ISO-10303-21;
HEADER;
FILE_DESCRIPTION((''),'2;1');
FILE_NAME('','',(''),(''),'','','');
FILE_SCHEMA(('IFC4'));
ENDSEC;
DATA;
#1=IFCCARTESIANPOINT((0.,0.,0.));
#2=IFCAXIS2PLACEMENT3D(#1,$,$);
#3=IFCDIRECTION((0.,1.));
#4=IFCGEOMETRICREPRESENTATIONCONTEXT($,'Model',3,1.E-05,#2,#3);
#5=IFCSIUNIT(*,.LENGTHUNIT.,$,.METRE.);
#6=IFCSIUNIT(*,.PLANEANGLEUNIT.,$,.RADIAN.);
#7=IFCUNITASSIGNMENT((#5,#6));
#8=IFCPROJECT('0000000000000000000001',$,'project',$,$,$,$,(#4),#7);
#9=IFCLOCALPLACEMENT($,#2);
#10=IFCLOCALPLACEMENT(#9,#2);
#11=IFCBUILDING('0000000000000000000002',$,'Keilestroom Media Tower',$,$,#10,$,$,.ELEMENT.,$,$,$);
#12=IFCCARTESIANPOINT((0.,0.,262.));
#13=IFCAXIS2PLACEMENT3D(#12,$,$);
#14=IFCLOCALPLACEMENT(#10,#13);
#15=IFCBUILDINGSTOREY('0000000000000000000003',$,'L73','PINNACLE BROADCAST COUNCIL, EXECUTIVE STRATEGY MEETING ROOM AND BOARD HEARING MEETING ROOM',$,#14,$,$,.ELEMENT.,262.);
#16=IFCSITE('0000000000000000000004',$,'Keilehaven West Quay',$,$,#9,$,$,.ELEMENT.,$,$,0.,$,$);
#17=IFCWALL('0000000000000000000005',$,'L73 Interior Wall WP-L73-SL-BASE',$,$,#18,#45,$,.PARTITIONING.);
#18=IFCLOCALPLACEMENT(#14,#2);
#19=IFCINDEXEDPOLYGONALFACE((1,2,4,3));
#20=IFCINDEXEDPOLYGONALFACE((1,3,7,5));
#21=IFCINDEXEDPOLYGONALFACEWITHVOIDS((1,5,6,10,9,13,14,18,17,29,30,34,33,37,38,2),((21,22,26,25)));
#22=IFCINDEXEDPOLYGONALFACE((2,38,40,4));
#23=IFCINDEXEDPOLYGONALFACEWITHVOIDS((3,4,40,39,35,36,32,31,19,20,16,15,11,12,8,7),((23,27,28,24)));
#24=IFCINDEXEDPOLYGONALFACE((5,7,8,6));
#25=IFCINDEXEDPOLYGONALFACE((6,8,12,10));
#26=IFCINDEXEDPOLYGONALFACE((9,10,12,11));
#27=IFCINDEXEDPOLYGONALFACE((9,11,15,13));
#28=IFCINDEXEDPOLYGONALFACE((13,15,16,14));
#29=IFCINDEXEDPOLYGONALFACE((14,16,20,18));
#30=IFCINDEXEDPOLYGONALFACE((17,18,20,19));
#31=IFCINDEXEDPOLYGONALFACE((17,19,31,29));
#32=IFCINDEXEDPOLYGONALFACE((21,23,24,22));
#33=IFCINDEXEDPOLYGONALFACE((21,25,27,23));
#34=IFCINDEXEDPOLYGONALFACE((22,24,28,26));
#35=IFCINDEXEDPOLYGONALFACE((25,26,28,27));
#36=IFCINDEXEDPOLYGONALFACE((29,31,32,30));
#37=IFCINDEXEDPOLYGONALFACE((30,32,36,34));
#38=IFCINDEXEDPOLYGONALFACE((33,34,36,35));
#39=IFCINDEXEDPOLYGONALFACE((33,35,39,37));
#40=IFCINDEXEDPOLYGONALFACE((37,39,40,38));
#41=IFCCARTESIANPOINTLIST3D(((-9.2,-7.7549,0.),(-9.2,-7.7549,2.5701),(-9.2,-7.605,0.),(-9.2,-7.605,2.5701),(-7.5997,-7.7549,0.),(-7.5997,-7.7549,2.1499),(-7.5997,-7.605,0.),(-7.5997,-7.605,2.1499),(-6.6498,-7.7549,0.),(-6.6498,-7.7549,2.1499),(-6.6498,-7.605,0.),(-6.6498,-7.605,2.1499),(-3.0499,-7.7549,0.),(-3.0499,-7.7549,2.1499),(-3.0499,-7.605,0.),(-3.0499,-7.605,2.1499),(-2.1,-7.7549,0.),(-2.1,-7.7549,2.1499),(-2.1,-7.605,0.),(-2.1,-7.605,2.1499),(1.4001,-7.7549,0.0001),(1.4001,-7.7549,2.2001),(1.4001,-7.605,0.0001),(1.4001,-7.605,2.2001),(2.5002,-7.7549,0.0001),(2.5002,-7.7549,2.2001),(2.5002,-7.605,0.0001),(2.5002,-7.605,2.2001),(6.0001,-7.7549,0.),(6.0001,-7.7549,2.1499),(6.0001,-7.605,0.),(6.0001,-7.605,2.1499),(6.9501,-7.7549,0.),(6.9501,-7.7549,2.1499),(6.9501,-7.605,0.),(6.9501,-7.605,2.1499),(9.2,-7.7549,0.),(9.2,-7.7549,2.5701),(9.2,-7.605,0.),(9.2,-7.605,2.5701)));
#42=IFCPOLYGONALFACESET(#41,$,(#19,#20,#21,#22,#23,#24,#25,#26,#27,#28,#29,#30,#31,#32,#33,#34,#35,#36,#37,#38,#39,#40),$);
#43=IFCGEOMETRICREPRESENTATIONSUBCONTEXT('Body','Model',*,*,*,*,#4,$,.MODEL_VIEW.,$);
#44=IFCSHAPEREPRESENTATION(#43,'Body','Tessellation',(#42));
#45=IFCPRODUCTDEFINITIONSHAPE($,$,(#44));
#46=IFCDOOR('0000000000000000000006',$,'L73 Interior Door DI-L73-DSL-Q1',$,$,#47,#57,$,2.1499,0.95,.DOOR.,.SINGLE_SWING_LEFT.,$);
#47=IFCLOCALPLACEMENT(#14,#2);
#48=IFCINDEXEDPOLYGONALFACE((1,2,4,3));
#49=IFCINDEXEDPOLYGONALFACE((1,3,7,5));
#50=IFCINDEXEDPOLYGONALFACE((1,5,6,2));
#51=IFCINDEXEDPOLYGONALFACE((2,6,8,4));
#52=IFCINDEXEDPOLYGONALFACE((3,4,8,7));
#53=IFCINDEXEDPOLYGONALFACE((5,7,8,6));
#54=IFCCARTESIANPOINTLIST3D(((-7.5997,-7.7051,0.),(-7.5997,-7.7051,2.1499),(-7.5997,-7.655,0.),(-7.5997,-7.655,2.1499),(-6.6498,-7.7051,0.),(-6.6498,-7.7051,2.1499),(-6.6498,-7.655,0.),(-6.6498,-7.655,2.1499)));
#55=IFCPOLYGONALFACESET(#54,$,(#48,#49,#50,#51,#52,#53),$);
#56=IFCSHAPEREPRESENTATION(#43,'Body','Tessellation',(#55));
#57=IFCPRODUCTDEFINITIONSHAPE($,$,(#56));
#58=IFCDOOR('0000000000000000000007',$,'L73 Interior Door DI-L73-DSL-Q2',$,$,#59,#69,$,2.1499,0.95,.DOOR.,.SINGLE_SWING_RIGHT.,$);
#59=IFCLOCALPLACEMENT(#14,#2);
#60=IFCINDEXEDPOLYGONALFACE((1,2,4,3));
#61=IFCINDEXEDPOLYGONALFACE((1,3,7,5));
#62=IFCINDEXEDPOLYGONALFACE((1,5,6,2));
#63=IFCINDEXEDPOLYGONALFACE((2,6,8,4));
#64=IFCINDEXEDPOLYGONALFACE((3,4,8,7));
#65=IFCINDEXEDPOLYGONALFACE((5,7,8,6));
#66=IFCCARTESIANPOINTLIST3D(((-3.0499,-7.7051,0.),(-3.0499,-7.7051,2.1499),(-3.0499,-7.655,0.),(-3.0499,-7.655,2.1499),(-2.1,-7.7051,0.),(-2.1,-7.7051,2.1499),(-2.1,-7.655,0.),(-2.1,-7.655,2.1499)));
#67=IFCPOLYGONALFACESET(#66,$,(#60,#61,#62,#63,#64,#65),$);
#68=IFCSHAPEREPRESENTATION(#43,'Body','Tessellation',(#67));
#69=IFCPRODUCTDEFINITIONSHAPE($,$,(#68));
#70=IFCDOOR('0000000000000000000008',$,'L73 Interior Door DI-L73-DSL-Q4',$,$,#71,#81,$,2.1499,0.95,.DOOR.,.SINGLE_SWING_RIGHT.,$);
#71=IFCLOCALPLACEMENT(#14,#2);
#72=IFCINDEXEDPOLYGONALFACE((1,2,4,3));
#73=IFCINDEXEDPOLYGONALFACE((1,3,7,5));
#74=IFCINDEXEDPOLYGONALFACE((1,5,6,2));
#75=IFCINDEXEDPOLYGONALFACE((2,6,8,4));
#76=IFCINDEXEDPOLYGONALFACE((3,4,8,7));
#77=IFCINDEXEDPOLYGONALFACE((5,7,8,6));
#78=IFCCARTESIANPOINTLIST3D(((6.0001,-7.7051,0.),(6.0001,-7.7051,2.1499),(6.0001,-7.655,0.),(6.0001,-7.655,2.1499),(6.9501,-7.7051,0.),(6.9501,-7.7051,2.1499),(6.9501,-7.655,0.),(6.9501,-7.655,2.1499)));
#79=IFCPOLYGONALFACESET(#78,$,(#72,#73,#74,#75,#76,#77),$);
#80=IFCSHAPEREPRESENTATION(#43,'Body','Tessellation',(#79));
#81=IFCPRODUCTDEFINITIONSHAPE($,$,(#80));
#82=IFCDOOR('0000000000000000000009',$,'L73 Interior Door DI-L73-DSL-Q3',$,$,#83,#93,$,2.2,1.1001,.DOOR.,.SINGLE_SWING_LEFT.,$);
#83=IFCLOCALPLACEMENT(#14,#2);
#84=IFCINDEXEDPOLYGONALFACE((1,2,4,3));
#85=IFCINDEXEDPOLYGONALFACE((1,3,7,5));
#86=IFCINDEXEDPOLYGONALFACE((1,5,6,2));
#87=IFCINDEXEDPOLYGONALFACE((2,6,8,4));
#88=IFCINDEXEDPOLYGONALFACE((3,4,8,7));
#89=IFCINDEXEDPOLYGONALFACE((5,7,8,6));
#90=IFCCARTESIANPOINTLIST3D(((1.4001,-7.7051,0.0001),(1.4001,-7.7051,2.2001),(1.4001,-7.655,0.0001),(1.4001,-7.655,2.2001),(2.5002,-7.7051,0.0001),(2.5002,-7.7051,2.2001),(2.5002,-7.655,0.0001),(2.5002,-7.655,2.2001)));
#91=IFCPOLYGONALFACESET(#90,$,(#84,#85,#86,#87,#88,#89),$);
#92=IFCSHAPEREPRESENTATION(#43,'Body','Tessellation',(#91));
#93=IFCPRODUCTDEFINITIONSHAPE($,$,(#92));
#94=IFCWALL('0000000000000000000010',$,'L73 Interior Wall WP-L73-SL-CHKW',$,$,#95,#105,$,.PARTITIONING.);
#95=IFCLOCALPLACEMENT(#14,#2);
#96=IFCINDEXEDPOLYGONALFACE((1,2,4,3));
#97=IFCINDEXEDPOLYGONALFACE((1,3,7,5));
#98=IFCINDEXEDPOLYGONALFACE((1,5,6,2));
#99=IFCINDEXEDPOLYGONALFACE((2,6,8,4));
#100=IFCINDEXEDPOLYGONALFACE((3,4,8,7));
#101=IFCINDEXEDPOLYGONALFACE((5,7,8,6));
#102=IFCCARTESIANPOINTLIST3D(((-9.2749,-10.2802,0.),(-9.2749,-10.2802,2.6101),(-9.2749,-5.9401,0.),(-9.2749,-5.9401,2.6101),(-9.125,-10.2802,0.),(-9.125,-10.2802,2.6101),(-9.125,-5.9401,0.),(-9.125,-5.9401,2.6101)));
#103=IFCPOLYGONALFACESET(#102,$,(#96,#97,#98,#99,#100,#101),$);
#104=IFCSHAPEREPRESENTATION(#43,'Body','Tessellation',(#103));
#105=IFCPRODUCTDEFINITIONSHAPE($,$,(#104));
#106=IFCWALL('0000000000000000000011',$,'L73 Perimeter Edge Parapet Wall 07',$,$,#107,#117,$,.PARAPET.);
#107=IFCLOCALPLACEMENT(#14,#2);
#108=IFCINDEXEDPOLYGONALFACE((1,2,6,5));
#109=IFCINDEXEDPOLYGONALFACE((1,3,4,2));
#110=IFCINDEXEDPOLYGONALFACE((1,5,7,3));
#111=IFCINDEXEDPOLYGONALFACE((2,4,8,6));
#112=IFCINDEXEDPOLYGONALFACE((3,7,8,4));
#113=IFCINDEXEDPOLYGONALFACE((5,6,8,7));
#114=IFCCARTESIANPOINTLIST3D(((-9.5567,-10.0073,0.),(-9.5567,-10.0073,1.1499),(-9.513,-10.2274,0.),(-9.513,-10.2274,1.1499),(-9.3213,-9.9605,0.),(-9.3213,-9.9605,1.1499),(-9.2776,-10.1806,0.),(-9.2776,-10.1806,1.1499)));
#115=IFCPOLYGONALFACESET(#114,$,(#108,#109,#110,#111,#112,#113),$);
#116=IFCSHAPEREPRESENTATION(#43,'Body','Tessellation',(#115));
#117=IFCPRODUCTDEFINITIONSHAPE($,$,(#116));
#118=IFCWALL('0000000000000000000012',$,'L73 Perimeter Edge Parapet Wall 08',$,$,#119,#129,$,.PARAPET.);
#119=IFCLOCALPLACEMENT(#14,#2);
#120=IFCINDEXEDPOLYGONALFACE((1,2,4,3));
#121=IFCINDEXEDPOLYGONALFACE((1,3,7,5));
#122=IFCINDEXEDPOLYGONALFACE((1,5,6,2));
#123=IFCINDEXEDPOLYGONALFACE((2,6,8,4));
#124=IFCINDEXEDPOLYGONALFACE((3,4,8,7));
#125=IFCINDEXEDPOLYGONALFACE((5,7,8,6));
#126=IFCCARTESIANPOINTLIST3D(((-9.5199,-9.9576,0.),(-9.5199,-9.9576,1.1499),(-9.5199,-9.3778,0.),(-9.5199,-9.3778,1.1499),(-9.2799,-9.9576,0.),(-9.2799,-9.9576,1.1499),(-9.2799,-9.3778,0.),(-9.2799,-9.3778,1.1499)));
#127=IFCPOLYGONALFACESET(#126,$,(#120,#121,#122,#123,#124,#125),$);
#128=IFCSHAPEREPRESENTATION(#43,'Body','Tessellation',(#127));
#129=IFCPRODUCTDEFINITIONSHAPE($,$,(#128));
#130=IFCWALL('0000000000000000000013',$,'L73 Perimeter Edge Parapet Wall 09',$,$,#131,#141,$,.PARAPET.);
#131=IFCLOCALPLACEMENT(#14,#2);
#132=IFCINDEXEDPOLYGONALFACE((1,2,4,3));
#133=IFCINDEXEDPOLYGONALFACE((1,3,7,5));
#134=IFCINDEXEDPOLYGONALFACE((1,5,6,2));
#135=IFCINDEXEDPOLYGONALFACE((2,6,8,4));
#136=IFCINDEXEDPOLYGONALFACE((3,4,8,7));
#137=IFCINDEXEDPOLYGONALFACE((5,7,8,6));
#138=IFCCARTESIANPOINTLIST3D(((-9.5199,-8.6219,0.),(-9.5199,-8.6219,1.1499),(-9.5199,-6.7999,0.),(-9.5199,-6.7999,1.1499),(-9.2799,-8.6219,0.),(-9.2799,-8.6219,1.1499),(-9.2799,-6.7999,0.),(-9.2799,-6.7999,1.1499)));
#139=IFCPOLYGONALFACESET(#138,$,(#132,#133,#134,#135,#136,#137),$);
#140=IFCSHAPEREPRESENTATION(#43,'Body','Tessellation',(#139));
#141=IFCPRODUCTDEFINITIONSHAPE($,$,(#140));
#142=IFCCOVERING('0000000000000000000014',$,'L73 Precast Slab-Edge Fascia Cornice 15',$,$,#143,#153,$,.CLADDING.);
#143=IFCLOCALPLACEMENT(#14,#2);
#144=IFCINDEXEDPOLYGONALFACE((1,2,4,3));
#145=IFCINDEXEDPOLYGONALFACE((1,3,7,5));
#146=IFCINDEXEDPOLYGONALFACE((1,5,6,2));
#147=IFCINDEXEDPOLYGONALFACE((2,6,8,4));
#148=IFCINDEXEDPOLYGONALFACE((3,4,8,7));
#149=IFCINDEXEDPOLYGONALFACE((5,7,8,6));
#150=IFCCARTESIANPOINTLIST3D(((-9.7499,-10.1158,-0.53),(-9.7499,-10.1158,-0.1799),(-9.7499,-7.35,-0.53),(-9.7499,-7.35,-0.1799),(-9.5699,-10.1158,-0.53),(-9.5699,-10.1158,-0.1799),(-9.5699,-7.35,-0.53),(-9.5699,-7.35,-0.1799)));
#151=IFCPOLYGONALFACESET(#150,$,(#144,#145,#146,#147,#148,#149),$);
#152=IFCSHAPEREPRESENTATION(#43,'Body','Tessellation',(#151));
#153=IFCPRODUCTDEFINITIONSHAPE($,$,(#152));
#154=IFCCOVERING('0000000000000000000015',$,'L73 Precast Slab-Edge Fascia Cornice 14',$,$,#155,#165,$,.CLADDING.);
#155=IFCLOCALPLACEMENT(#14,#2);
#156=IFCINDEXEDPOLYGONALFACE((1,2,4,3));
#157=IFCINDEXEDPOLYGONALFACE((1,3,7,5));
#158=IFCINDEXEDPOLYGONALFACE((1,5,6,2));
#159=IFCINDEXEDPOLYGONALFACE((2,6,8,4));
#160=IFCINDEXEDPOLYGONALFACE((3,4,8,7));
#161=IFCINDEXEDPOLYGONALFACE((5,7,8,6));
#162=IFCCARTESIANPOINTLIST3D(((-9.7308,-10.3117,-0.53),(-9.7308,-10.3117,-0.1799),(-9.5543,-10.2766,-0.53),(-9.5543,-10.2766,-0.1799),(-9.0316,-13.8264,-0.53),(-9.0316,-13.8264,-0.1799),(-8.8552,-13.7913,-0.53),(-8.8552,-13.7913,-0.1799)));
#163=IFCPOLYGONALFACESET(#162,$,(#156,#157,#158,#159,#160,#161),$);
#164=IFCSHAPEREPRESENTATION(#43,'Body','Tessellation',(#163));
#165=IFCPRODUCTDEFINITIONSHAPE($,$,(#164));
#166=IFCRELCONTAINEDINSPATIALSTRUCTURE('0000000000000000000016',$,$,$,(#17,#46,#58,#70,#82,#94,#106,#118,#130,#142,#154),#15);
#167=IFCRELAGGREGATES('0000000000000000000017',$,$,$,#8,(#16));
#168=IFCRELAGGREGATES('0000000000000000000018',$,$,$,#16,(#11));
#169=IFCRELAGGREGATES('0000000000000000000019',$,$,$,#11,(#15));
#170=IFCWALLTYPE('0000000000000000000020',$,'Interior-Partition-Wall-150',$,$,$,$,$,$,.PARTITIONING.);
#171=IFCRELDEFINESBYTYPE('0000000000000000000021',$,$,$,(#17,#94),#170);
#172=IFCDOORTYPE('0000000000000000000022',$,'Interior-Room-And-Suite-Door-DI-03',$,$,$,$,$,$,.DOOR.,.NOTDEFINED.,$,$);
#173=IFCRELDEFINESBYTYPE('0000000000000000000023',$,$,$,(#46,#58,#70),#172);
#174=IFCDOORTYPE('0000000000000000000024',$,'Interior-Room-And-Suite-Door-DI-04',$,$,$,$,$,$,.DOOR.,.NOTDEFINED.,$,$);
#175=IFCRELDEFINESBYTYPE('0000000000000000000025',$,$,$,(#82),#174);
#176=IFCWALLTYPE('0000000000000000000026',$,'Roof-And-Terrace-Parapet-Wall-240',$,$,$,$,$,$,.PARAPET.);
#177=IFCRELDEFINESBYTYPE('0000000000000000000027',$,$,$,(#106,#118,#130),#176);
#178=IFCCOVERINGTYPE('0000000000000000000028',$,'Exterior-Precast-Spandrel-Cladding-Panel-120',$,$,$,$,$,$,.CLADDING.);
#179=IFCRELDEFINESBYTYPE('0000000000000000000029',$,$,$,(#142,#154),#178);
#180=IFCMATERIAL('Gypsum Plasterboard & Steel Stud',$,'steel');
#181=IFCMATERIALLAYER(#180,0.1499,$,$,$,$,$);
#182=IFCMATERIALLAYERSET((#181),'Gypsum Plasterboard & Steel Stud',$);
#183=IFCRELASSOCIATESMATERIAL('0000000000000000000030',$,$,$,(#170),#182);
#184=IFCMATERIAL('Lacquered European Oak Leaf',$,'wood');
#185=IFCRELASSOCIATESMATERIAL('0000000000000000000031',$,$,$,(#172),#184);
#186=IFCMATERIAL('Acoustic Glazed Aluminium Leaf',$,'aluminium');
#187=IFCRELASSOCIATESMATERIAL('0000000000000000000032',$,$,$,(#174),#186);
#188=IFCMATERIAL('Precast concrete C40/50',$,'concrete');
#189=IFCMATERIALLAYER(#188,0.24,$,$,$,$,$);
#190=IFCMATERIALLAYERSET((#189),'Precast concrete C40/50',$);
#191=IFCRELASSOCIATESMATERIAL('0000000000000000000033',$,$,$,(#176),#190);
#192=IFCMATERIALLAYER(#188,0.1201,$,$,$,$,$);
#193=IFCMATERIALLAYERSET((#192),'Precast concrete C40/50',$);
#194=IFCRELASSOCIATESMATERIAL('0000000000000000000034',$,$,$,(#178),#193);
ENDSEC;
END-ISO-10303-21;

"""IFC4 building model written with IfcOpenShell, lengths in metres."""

from ifc_helpers import new_model, si_unit, direction, frame, frame_2d, origin, origin_2d, place, context, subcontext, project, spatial, rectangle, extrude, source, transform, mapped, material, layer, layer_set, type_object, element, fill, save


model = new_model("IFC4")

# Units and contexts
model_context = context("Model", 3, precision=1e-05, world=origin(), true_north=direction((0.0, 1.0)))
body_context = subcontext(model_context, "Body", "Model", "MODEL_VIEW")
ifc_project = project(units=[si_unit("LENGTHUNIT", "METRE"), si_unit("PLANEANGLEUNIT", "RADIAN")], contexts=[model_context])

# Site, building, storey
site_placement = place(None, origin())
site = spatial("IfcSite", under=ifc_project, at=site_placement, Name="Keilehaven West Quay", CompositionType="ELEMENT", RefElevation=0.0)
building_placement = place(site_placement, origin())
building = spatial("IfcBuilding", under=site, at=building_placement, Name="Keilestroom Media Tower", CompositionType="ELEMENT")
storey_placement = place(building_placement, frame((0.0, 0.0, 262.0)))
storey = spatial("IfcBuildingStorey", under=building, at=storey_placement, Name="L73", Description="PINNACLE BROADCAST COUNCIL, EXECUTIVE STRATEGY MEETING ROOM AND BOARD HEARING MEETING ROOM", CompositionType="ELEMENT", Elevation=262.0)

# Shared definitions
ifc_material_1 = material(Name="Precast concrete C40/50", Category="concrete")

# Wall, openings, doors
ifc_material_2 = material(Name="Gypsum Plasterboard & Steel Stud", Category="steel")
ifc_layer_1 = layer(ifc_material_2, 0.1499)
ifc_layer_set_1 = layer_set([ifc_layer_1], Name="Gypsum Plasterboard & Steel Stud")
wall_type_1 = type_object("IfcWallType", Name="Interior-Partition-Wall-150", PredefinedType="PARTITIONING", material=ifc_layer_set_1)
wall_1_placement = place(storey_placement, frame((-9.2, -7.6799, 0.0), z_axis=(0.0, 0.0, 1.0), x_axis=(1.0, 0.0, 0.0)))
wall_1 = element("IfcWall", 1, at=wall_1_placement, inside=storey, type_object=wall_type_1, Name="L73 Interior Wall WP-L73-SL-BASE", PredefinedType="PARTITIONING", context=body_context, shape_type="SweptSolid", body=[
    extrude(rectangle(XDim=18.3999, YDim=0.1499, at=frame_2d((9.2, 0.0))), origin(), (0.0, 0.0, 1.0), 2.5701),
])
opening_1_placement = place(wall_1_placement, frame((1.6001, 0.0, 0.0)))
opening_1 = element("IfcOpeningElement", 2, at=opening_1_placement, cuts=wall_1, PredefinedType="OPENING", context=body_context, shape_type="SweptSolid", body=[
    extrude(rectangle(XDim=0.95, YDim=2.1499, at=frame_2d((0.4751, 1.075))), frame((0.0, 0.085, 0.0), z_axis=(0.0, -1.0, 0.0), x_axis=(1.0, 0.0, 0.0)), (0.0, 0.0, 1.0), 0.1699),
])
opening_2_placement = place(wall_1_placement, frame((6.1499, 0.0, 0.0)))
opening_2 = element("IfcOpeningElement", 3, at=opening_2_placement, cuts=wall_1, PredefinedType="OPENING", context=body_context, shape_type="SweptSolid", body=[
    extrude(rectangle(XDim=0.95, YDim=2.1499, at=frame_2d((0.4751, 1.075))), frame((0.0, 0.085, 0.0), z_axis=(0.0, -1.0, 0.0), x_axis=(1.0, 0.0, 0.0)), (0.0, 0.0, 1.0), 0.1699),
])
opening_3_placement = place(wall_1_placement, frame((10.6001, 0.0, 0.0)))
opening_3 = element("IfcOpeningElement", 4, at=opening_3_placement, cuts=wall_1, PredefinedType="OPENING", context=body_context, shape_type="SweptSolid", body=[
    extrude(rectangle(XDim=1.1001, YDim=2.2, at=frame_2d((0.55, 1.1001))), frame((0.0, 0.085, 0.0), z_axis=(0.0, -1.0, 0.0), x_axis=(1.0, 0.0, 0.0)), (0.0, 0.0, 1.0), 0.1699),
])
opening_4_placement = place(wall_1_placement, frame((15.2, 0.0, 0.0)))
opening_4 = element("IfcOpeningElement", 5, at=opening_4_placement, cuts=wall_1, PredefinedType="OPENING", context=body_context, shape_type="SweptSolid", body=[
    extrude(rectangle(XDim=0.95, YDim=2.1499, at=frame_2d((0.4751, 1.075))), frame((0.0, 0.085, 0.0), z_axis=(0.0, -1.0, 0.0), x_axis=(1.0, 0.0, 0.0)), (0.0, 0.0, 1.0), 0.1699),
])
ifc_material_3 = material(Name="Lacquered European Oak Leaf", Category="wood")
door_type_1 = type_object("IfcDoorType", Name="Interior-Room-And-Suite-Door-DI-03", OperationType="NOTDEFINED", PredefinedType="DOOR", material=ifc_material_3)
shared_shape_1 = source(origin(), body_context, "Body", "SweptSolid", [
    extrude(rectangle(XDim=0.95, YDim=2.1499, at=frame_2d((0.4751, 1.075))), frame((0.0, 0.0249, 0.0), z_axis=(0.0, -1.0, 0.0), x_axis=(1.0, 0.0, 0.0)), (0.0, 0.0, 1.0), 0.05),
])
door_1_placement = place(opening_1_placement, origin())
door_1 = element("IfcDoor", 6, at=door_1_placement, inside=storey, type_object=door_type_1, Name="L73 Interior Door DI-L73-DSL-Q1", OperationType="SINGLE_SWING_LEFT", OverallHeight=2.1499, OverallWidth=0.95, PredefinedType="DOOR", context=body_context, shape_type="MappedRepresentation", body=[
    mapped(shared_shape_1, transform((0.0, 0.0, 0.0), x_axis=(1.0, 0.0, 0.0), y_axis=(0.0, 1.0, 0.0), z_axis=(0.0, 0.0, 1.0), scale=1.0)),
])
fill(opening_1, door_1)
door_2_placement = place(opening_2_placement, origin())
door_2 = element("IfcDoor", 7, at=door_2_placement, inside=storey, type_object=door_type_1, Name="L73 Interior Door DI-L73-DSL-Q2", OperationType="SINGLE_SWING_RIGHT", OverallHeight=2.1499, OverallWidth=0.95, PredefinedType="DOOR", context=body_context, shape_type="MappedRepresentation", body=[
    mapped(shared_shape_1, transform((0.0, 0.0, 0.0), x_axis=(1.0, 0.0, 0.0), y_axis=(0.0, 1.0, 0.0), z_axis=(0.0, 0.0, 1.0), scale=1.0)),
])
fill(opening_2, door_2)
door_3_placement = place(opening_4_placement, origin())
door_3 = element("IfcDoor", 8, at=door_3_placement, inside=storey, type_object=door_type_1, Name="L73 Interior Door DI-L73-DSL-Q4", OperationType="SINGLE_SWING_RIGHT", OverallHeight=2.1499, OverallWidth=0.95, PredefinedType="DOOR", context=body_context, shape_type="MappedRepresentation", body=[
    mapped(shared_shape_1, transform((0.0, 0.0, 0.0), x_axis=(1.0, 0.0, 0.0), y_axis=(0.0, 1.0, 0.0), z_axis=(0.0, 0.0, 1.0), scale=1.0)),
])
fill(opening_4, door_3)
ifc_material_4 = material(Name="Acoustic Glazed Aluminium Leaf", Category="aluminium")
door_type_2 = type_object("IfcDoorType", Name="Interior-Room-And-Suite-Door-DI-04", OperationType="NOTDEFINED", PredefinedType="DOOR", material=ifc_material_4)
shared_shape_2 = source(origin(), body_context, "Body", "SweptSolid", [
    extrude(rectangle(XDim=1.1001, YDim=2.2, at=frame_2d((0.55, 1.1001))), frame((0.0, 0.0249, 0.0), z_axis=(0.0, -1.0, 0.0), x_axis=(1.0, 0.0, 0.0)), (0.0, 0.0, 1.0), 0.05),
])
door_4_placement = place(opening_3_placement, origin())
door_4 = element("IfcDoor", 9, at=door_4_placement, inside=storey, type_object=door_type_2, Name="L73 Interior Door DI-L73-DSL-Q3", OperationType="SINGLE_SWING_LEFT", OverallHeight=2.2, OverallWidth=1.1001, PredefinedType="DOOR", context=body_context, shape_type="MappedRepresentation", body=[
    mapped(shared_shape_2, transform((0.0, 0.0, 0.0), x_axis=(1.0, 0.0, 0.0), y_axis=(0.0, 1.0, 0.0), z_axis=(0.0, 0.0, 1.0), scale=1.0)),
])
fill(opening_3, door_4)

# Walls
wall_2_placement = place(storey_placement, frame((-9.2, -10.28, 0.0), z_axis=(0.0, 0.0, 1.0), x_axis=(0.0, 1.0, 0.0)))
element("IfcWall", 10, at=wall_2_placement, inside=storey, type_object=wall_type_1, Name="L73 Interior Wall WP-L73-SL-CHKW", PredefinedType="PARTITIONING", context=body_context, shape_type="SweptSolid", body=[
    extrude(rectangle(XDim=4.3401, YDim=0.1499, at=frame_2d((2.1699, 0.0))), origin(), (0.0, 0.0, 1.0), 2.6101),
])
ifc_layer_2 = layer(ifc_material_1, 0.24)
ifc_layer_set_2 = layer_set([ifc_layer_2], Name="Precast concrete C40/50")
wall_type_2 = type_object("IfcWallType", Name="Roof-And-Terrace-Parapet-Wall-240", PredefinedType="PARAPET", material=ifc_layer_set_2)
wall_3_placement = place(storey_placement, frame((-9.3953, -10.2041, 0.0), z_axis=(0.0, 0.0, 1.0), x_axis=(-0.19486, 0.980831, 0.0)))
element("IfcWall", 11, at=wall_3_placement, inside=storey, type_object=wall_type_2, Name="L73 Perimeter Edge Parapet Wall 07", PredefinedType="PARAPET", context=body_context, shape_type="SweptSolid", body=[
    extrude(rectangle(XDim=0.2244, YDim=0.24, at=frame_2d((0.1123, 0.0))), origin(), (0.0, 0.0, 1.0), 1.1499),
])
wall_4_placement = place(storey_placement, frame((-9.3999, -9.9578, 0.0), z_axis=(0.0, 0.0, 1.0), x_axis=(0.0, 1.0, 0.0)))
element("IfcWall", 12, at=wall_4_placement, inside=storey, type_object=wall_type_2, Name="L73 Perimeter Edge Parapet Wall 08", PredefinedType="PARAPET", context=body_context, shape_type="SweptSolid", body=[
    extrude(rectangle(XDim=0.5798, YDim=0.24, at=frame_2d((0.29, 0.0))), origin(), (0.0, 0.0, 1.0), 1.1499),
])
wall_5_placement = place(storey_placement, frame((-9.3999, -8.6221, 0.0), z_axis=(0.0, 0.0, 1.0), x_axis=(0.0, 1.0, 0.0)))
element("IfcWall", 13, at=wall_5_placement, inside=storey, type_object=wall_type_2, Name="L73 Perimeter Edge Parapet Wall 09", PredefinedType="PARAPET", context=body_context, shape_type="SweptSolid", body=[
    extrude(rectangle(XDim=1.822, YDim=0.24, at=frame_2d((0.9111, 0.0))), origin(), (0.0, 0.0, 1.0), 1.1499),
])

# Coverings
ifc_layer_3 = layer(ifc_material_1, 0.1201)
ifc_layer_set_3 = layer_set([ifc_layer_3], Name="Precast concrete C40/50")
covering_type_1 = type_object("IfcCoveringType", Name="Exterior-Precast-Spandrel-Cladding-Panel-120", PredefinedType="CLADDING", material=ifc_layer_set_3)
shared_shape_3 = source(origin(), body_context, "Body", "SweptSolid", [
    extrude(rectangle(XDim=2.7659, YDim=0.1799, at=origin_2d()), origin(), (0.0, 0.0, 1.0), 0.3501),
])
covering_1_placement = place(storey_placement, frame((-9.6599, -8.7329, -0.53), z_axis=(0.0, 0.0, 1.0), x_axis=(0.0, 1.0, 0.0)))
element("IfcCovering", 14, at=covering_1_placement, inside=storey, type_object=covering_type_1, Name="L73 Precast Slab-Edge Fascia Cornice 15", PredefinedType="CLADDING", context=body_context, shape_type="MappedRepresentation", body=[
    mapped(shared_shape_3, transform((0.0, 0.0, 0.0), x_axis=(1.0, 0.0, 0.0), y_axis=(0.0, 1.0, 0.0), z_axis=(0.0, 0.0, 1.0), scale=1.0)),
])
shared_shape_4 = source(origin(), body_context, "Body", "SweptSolid", [
    extrude(rectangle(XDim=3.5835, YDim=0.1799, at=origin_2d()), origin(), (0.0, 0.0, 1.0), 0.3501),
])
covering_2_placement = place(storey_placement, frame((-9.293, -12.0515, -0.53), z_axis=(0.0, 0.0, 1.0), x_axis=(-0.195099, 0.980784, 0.0)))
element("IfcCovering", 15, at=covering_2_placement, inside=storey, type_object=covering_type_1, Name="L73 Precast Slab-Edge Fascia Cornice 14", PredefinedType="CLADDING", context=body_context, shape_type="MappedRepresentation", body=[
    mapped(shared_shape_4, transform((0.0, 0.0, 0.0), x_axis=(1.0, 0.0, 0.0), y_axis=(0.0, 1.0, 0.0), z_axis=(0.0, 0.0, 1.0), scale=1.0)),
])

save(model, "model.ifc")
